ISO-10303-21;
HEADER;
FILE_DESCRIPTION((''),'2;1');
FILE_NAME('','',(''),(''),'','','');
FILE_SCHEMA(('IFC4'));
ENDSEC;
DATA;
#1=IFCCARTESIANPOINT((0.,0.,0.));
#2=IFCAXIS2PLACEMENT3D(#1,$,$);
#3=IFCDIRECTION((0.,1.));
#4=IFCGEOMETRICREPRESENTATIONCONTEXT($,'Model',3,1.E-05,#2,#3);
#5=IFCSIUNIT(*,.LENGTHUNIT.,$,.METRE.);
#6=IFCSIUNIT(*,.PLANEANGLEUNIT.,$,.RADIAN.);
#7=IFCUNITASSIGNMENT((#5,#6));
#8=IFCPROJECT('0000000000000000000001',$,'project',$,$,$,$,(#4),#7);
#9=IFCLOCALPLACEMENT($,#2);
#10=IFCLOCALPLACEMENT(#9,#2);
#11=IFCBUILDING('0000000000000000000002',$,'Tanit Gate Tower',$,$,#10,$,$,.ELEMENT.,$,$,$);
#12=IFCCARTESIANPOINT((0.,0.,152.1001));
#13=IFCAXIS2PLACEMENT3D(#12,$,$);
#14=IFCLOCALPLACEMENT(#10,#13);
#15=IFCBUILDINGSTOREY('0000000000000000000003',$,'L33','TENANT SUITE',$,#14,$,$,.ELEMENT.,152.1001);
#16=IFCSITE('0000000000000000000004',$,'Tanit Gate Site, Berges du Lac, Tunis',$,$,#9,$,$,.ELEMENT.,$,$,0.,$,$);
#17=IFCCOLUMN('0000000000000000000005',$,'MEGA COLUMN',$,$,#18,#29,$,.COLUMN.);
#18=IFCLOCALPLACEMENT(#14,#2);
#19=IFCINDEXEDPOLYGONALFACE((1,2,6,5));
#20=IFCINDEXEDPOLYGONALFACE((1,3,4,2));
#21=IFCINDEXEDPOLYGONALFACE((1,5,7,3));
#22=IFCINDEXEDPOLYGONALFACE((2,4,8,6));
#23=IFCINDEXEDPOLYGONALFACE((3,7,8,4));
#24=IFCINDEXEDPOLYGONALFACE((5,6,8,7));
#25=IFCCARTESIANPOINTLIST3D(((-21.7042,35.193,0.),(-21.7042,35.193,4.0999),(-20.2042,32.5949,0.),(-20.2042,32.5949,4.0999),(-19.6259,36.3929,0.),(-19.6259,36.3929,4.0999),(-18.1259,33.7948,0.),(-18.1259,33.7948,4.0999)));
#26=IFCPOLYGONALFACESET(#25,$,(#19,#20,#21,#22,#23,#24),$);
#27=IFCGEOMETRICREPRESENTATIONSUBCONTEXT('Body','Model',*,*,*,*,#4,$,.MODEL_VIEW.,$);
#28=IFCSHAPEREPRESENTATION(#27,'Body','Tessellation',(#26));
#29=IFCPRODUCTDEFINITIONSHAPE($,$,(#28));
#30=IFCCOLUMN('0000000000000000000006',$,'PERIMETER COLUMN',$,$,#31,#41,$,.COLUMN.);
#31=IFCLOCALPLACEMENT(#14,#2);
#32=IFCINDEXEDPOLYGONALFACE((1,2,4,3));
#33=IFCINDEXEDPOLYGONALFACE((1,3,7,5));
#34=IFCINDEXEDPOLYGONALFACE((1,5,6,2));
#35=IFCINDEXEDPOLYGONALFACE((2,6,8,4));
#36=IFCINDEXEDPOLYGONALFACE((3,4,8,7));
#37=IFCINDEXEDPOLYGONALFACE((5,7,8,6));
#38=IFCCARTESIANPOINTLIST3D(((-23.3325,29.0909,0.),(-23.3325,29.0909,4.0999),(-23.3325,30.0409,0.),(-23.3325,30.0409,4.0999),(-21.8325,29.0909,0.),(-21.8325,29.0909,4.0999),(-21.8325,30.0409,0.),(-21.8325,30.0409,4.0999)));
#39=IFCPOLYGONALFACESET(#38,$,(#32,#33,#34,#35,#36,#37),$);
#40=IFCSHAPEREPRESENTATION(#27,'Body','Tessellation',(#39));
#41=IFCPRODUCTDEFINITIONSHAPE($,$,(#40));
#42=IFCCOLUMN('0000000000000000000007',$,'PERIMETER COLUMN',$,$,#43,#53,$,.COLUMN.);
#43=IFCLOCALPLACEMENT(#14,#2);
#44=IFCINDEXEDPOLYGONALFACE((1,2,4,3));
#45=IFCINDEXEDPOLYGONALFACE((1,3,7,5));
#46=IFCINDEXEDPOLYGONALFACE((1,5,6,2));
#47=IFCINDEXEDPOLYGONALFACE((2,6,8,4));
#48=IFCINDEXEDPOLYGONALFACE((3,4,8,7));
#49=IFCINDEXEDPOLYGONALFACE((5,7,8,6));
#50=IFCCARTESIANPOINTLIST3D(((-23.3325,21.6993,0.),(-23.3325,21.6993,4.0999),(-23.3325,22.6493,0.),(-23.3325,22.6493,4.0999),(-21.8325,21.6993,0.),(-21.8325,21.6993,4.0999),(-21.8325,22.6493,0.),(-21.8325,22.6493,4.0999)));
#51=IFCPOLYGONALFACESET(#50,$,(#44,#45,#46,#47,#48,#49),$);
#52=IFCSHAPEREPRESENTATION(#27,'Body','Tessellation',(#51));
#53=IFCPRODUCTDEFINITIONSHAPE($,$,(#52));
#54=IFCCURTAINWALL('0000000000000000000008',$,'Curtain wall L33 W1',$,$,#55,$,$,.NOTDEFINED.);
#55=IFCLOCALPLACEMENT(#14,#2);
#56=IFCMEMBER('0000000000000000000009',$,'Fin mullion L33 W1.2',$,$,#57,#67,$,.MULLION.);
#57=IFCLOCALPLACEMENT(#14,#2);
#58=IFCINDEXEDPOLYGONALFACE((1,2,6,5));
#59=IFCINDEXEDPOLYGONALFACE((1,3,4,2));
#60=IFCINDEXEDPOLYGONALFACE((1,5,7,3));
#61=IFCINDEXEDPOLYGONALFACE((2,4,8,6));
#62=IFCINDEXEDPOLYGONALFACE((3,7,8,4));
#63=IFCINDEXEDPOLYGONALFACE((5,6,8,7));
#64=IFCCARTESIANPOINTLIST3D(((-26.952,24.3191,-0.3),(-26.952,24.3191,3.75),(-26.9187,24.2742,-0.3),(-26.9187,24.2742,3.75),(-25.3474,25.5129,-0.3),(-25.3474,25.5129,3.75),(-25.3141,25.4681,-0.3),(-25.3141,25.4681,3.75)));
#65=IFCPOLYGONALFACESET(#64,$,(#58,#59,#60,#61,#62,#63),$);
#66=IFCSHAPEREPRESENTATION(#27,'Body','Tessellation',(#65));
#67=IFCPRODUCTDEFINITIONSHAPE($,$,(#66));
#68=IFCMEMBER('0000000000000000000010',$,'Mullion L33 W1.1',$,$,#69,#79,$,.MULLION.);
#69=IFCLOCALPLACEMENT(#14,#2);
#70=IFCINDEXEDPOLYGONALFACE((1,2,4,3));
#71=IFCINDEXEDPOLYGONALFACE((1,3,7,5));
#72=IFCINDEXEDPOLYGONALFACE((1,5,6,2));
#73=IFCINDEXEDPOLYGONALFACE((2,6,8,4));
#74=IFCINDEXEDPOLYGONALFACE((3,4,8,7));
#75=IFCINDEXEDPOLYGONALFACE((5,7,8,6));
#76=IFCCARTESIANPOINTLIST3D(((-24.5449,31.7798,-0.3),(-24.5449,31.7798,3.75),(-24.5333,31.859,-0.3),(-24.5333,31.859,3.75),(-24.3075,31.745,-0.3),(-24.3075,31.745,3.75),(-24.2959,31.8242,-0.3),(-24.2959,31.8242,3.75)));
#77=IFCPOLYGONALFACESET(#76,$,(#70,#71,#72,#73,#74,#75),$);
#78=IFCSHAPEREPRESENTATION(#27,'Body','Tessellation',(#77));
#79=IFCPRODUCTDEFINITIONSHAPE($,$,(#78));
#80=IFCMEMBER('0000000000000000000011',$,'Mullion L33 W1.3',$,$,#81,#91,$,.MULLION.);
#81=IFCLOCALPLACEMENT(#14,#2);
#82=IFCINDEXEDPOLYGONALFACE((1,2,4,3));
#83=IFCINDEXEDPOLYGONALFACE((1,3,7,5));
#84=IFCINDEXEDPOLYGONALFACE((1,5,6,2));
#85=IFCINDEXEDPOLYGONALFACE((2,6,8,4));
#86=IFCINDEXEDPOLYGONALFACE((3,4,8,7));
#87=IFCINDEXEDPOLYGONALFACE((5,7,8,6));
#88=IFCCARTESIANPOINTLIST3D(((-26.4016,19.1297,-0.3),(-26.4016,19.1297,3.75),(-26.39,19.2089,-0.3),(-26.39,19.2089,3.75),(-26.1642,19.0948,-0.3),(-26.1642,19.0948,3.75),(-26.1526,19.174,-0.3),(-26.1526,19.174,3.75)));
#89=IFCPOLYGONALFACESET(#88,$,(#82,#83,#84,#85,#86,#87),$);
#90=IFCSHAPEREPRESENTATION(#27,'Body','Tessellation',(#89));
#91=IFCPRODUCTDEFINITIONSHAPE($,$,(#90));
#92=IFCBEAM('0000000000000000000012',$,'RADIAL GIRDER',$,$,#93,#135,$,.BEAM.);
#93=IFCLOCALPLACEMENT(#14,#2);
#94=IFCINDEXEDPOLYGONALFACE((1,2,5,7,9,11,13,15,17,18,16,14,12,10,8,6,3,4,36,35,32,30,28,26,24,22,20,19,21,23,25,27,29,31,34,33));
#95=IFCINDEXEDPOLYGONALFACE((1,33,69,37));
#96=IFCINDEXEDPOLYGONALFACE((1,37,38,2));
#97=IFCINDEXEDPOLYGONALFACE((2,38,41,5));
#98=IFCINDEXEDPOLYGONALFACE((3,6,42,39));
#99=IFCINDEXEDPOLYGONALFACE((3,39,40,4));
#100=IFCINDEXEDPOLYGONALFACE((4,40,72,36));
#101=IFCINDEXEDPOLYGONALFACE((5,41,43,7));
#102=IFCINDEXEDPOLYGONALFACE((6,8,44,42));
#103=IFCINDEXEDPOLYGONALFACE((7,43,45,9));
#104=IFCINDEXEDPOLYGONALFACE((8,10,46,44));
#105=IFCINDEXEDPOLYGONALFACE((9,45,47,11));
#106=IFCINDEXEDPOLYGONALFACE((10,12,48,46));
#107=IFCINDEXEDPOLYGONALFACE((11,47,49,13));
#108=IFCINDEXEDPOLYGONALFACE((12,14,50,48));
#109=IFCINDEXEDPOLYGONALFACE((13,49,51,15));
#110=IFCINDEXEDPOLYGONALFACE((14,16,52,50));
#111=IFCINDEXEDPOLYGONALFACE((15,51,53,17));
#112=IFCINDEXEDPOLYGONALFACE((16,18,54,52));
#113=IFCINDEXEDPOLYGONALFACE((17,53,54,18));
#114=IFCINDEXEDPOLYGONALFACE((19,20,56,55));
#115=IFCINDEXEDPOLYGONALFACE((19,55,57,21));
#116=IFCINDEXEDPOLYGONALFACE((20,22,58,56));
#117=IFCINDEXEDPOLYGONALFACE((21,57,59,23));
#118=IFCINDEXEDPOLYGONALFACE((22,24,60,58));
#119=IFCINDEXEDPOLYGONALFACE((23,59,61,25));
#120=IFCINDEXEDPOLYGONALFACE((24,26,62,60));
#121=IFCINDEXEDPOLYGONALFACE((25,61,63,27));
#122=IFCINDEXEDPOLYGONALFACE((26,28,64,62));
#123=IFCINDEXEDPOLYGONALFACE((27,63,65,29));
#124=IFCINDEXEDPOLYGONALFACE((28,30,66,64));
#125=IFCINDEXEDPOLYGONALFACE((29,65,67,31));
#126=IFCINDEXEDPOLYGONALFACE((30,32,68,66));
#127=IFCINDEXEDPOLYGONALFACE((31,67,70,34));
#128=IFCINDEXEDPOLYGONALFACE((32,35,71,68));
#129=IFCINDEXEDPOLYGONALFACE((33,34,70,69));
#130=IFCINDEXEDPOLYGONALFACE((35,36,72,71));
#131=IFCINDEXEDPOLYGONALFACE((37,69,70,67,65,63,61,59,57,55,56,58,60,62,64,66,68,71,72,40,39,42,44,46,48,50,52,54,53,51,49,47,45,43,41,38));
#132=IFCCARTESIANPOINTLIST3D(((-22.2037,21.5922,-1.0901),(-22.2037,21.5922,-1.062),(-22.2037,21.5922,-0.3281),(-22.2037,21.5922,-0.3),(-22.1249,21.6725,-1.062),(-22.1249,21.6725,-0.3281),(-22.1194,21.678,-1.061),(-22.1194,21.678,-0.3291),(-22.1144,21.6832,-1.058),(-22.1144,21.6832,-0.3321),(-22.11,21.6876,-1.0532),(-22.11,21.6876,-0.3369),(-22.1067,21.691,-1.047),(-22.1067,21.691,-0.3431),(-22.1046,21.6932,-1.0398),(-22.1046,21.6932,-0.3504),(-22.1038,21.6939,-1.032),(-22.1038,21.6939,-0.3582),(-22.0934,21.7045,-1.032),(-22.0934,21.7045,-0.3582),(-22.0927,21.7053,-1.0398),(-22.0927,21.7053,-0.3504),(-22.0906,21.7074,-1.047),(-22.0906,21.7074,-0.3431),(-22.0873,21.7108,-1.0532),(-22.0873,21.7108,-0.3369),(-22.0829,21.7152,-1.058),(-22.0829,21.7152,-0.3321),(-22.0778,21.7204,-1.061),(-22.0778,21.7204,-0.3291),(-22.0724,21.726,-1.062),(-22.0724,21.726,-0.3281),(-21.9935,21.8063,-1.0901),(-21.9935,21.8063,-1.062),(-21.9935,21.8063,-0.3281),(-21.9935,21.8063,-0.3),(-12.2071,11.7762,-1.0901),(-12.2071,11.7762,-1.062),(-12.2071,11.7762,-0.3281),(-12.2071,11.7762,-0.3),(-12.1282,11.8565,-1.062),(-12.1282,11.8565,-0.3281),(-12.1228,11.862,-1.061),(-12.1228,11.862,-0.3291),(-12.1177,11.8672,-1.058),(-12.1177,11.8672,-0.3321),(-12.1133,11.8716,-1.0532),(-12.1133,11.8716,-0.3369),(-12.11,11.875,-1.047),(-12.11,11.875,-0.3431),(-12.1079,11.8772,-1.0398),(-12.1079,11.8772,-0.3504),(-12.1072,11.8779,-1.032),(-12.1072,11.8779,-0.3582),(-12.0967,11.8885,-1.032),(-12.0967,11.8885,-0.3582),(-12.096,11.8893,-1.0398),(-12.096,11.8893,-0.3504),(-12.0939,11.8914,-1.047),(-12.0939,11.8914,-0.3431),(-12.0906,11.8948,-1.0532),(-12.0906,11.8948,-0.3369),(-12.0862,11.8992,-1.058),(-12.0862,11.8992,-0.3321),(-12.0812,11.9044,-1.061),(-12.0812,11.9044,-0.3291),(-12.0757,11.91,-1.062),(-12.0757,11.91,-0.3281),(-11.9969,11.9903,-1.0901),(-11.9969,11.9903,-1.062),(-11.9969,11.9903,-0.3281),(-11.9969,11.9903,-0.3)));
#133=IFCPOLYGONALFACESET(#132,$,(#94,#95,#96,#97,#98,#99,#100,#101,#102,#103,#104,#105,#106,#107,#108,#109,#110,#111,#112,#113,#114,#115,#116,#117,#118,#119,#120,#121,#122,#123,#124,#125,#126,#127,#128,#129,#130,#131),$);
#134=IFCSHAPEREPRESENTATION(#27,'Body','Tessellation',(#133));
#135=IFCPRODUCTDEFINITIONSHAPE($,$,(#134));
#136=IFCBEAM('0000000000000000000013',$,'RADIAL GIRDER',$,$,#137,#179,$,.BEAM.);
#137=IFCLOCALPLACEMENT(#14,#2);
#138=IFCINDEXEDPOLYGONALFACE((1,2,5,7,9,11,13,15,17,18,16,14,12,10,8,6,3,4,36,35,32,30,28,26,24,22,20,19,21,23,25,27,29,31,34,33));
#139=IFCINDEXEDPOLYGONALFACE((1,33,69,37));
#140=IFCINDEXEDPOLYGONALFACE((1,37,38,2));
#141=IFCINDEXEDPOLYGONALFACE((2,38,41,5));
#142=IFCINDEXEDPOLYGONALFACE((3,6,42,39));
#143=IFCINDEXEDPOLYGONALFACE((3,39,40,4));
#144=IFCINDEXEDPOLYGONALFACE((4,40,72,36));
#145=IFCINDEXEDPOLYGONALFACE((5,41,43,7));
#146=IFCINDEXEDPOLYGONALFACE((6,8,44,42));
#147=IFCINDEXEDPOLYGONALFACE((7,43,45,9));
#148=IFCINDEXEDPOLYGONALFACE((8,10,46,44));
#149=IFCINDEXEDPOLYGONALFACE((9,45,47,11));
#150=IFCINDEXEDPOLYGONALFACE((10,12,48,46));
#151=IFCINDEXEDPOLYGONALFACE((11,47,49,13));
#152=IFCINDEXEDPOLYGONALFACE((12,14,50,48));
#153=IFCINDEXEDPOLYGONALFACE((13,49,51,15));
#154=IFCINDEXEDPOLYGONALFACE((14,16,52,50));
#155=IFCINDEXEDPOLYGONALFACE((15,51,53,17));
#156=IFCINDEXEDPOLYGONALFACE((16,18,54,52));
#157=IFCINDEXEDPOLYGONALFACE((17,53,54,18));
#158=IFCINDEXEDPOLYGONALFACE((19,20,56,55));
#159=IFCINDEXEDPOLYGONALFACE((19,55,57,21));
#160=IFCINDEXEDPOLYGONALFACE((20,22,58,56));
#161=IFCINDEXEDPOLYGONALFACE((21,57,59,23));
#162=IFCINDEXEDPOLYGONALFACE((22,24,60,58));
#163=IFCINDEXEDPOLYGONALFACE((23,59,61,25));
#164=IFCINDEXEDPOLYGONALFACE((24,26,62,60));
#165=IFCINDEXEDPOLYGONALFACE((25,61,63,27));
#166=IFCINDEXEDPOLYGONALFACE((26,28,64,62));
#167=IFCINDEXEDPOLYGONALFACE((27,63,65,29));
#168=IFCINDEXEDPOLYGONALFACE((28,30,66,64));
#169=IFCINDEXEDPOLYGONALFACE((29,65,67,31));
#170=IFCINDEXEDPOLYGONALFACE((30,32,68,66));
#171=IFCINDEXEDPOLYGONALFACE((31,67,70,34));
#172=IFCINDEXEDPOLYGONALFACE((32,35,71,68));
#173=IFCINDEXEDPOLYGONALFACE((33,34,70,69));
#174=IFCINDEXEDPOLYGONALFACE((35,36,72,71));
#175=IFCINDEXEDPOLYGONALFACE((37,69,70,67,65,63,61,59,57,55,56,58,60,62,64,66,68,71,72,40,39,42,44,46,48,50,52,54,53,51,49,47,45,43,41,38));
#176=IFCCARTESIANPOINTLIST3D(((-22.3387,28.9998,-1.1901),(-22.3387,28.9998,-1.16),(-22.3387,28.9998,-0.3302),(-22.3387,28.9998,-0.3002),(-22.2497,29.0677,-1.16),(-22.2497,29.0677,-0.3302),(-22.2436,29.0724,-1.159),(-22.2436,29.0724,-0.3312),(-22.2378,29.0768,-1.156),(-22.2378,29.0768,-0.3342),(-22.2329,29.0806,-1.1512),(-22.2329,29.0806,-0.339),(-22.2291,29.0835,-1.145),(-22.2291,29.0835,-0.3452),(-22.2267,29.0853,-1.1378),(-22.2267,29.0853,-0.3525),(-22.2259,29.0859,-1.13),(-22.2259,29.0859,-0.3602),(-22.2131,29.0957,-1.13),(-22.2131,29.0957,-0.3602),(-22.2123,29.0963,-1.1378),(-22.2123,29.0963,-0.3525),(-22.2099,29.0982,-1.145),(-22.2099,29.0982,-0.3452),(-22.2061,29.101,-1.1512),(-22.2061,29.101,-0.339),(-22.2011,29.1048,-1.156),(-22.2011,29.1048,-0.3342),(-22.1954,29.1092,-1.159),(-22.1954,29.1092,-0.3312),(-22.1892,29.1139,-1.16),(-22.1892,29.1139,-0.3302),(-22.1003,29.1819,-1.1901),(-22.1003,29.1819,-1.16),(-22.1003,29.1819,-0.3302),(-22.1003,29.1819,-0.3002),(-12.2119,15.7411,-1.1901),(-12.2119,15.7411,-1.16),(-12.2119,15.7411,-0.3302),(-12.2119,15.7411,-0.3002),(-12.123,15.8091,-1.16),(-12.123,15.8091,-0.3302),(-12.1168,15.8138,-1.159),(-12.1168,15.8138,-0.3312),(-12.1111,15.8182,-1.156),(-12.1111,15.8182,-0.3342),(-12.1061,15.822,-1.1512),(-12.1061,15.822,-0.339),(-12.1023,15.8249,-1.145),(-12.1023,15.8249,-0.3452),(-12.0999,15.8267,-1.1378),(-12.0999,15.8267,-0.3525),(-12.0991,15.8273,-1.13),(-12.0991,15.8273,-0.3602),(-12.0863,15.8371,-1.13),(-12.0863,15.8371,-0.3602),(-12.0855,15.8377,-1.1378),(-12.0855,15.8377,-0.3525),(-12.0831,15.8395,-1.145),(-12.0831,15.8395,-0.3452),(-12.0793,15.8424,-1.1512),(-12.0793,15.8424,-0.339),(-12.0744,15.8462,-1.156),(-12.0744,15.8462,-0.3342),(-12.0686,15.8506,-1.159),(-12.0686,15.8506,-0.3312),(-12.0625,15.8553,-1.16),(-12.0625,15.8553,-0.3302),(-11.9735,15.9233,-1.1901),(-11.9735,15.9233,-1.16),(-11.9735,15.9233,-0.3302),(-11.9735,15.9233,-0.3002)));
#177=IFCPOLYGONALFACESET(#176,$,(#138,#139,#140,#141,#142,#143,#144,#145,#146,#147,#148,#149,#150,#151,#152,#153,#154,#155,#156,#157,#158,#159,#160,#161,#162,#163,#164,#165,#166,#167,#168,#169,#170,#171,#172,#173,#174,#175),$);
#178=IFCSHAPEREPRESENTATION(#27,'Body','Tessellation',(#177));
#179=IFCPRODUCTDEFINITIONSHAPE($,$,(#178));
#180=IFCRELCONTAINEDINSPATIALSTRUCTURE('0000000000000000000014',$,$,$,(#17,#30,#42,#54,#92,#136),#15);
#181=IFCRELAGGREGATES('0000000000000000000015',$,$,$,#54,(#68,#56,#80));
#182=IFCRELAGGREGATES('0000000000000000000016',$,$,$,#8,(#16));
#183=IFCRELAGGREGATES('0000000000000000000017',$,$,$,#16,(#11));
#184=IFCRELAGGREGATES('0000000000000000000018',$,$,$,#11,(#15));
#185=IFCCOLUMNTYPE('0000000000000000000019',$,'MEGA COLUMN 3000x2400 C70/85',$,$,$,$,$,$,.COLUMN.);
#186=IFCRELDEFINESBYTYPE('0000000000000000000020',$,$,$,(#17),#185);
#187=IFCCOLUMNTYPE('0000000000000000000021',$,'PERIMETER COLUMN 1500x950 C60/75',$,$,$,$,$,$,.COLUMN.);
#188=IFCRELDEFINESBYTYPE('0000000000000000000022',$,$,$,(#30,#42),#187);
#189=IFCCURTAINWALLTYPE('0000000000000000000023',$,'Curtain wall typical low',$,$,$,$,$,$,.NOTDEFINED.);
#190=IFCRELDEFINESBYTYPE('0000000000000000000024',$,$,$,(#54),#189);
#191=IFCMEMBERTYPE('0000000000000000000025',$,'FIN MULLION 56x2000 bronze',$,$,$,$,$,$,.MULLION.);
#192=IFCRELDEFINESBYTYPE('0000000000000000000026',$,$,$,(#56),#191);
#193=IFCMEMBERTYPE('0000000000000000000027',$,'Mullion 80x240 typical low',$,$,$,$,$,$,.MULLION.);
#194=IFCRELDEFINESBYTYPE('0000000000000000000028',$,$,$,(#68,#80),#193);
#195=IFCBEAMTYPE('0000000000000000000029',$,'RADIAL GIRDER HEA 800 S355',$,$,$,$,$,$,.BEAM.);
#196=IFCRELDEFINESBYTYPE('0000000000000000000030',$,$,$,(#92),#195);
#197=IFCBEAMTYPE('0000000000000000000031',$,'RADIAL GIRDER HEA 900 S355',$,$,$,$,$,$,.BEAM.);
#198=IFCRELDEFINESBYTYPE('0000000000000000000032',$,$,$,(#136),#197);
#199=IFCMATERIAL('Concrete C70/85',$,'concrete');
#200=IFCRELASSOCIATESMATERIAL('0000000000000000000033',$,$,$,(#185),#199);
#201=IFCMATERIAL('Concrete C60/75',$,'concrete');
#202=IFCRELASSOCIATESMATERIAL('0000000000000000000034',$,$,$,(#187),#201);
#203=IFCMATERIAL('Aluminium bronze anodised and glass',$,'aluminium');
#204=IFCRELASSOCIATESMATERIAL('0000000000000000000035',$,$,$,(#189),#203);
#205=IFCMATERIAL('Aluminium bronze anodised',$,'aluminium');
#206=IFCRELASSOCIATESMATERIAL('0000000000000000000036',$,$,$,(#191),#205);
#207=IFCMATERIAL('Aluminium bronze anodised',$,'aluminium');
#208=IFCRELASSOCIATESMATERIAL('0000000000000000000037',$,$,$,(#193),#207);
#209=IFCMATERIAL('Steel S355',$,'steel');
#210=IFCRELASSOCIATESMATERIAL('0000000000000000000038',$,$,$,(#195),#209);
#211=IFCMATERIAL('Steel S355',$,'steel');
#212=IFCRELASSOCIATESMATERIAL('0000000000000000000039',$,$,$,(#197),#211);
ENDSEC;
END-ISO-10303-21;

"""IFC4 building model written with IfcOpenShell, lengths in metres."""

from ifc_helpers import new_model, si_unit, direction, frame, origin, origin_2d, place, context, subcontext, project, spatial, rectangle, i_section, extrude, material, material_profile, profile_set, type_object, element, aggregate, save


model = new_model("IFC4")

# Units and contexts
model_context = context("Model", 3, precision=1e-05, world=origin(), true_north=direction((0.0, 1.0)))
body_context = subcontext(model_context, "Body", "Model", "MODEL_VIEW")
ifc_project = project(units=[si_unit("LENGTHUNIT", "METRE"), si_unit("PLANEANGLEUNIT", "RADIAN")], contexts=[model_context])

# Site, building, storey
site_placement = place(None, origin())
site = spatial("IfcSite", under=ifc_project, at=site_placement, Name="Tanit Gate Site, Berges du Lac, Tunis", CompositionType="ELEMENT", RefElevation=0.0)
building_placement = place(site_placement, origin())
building = spatial("IfcBuilding", under=site, at=building_placement, Name="Tanit Gate Tower", CompositionType="ELEMENT")
storey_placement = place(building_placement, frame((0.0, 0.0, 152.1001)))
storey = spatial("IfcBuildingStorey", under=building, at=storey_placement, Name="L33", Description="TENANT SUITE", CompositionType="ELEMENT", Elevation=152.1001)

# Columns
ifc_material_1 = material(Name="Concrete C70/85", Category="concrete")
ifc_material_profile_1 = material_profile(ifc_material_1, rectangle(XDim=3.0, YDim=2.3999, at=origin_2d()), Name="RC 3000x2400")
ifc_profile_set_1 = profile_set([ifc_material_profile_1], Name="Concrete C70/85")
column_type_1 = type_object("IfcColumnType", Name="MEGA COLUMN 3000x2400 C70/85", PredefinedType="COLUMN", material=ifc_profile_set_1)
column_placement = place(storey_placement, frame((-19.915, 34.4939, 0.0), z_axis=(0.0, 0.0, 1.0), x_axis=(-0.5, 0.866025, 0.0)))
element("IfcColumn", 1, at=column_placement, inside=storey, type_object=column_type_1, Name="MEGA COLUMN", PredefinedType="COLUMN", context=body_context, shape_type="SweptSolid", body=[
    extrude(rectangle(XDim=3.0, YDim=2.3999, at=origin_2d()), origin(), (0.0, 0.0, 1.0), 4.0999),
])
ifc_material_2 = material(Name="Concrete C60/75", Category="concrete")
ifc_material_profile_2 = material_profile(ifc_material_2, rectangle(XDim=1.5, YDim=0.95, at=origin_2d()), Name="RC 1500x950")
ifc_profile_set_2 = profile_set([ifc_material_profile_2], Name="Concrete C60/75")
column_type_2 = type_object("IfcColumnType", Name="PERIMETER COLUMN 1500x950 C60/75", PredefinedType="COLUMN", material=ifc_profile_set_2)
for number, where, z_axis, x_axis, name in (
    (2, (-22.5825, 29.5659, 0.0), (0.0, 0.0, 1.0), (-1.0, 0.0, 0.0), "PERIMETER COLUMN"),
    (3, (-22.5825, 22.1743, 0.0), (0.0, 0.0, 1.0), (-1.0, 0.0, 0.0), "PERIMETER COLUMN"),
):
    element("IfcColumn", number, at=place(storey_placement, frame(where, z_axis=z_axis, x_axis=x_axis)), inside=storey, type_object=column_type_2, Name=name, PredefinedType="COLUMN", context=body_context, shape_type="SweptSolid", body=[
        extrude(rectangle(XDim=1.5, YDim=0.95, at=origin_2d()), origin(), (0.0, 0.0, 1.0), 4.0999),
    ])

# Curtain wall, members
ifc_material_3 = material(Name="Aluminium bronze anodised and glass", Category="aluminium")
curtain_wall_type = type_object("IfcCurtainWallType", Name="Curtain wall typical low", PredefinedType="NOTDEFINED", material=ifc_material_3)
curtain_wall_1_placement = place(storey_placement, origin())
curtain_wall_1 = element("IfcCurtainWall", 4, at=curtain_wall_1_placement, inside=storey, type_object=curtain_wall_type, Name="Curtain wall L33 W1", PredefinedType="NOTDEFINED")
ifc_material_4 = material(Name="Aluminium bronze anodised", Category="aluminium")
ifc_material_profile_3 = material_profile(ifc_material_4, rectangle(XDim=2.0, YDim=0.0559, at=origin_2d()), Name="56x2000 bronze fin mullion")
ifc_profile_set_3 = profile_set([ifc_material_profile_3], Name="Aluminium bronze anodised")
member_type_1 = type_object("IfcMemberType", Name="FIN MULLION 56x2000 bronze", PredefinedType="MULLION", material=ifc_profile_set_3)
member_1_placement = place(storey_placement, frame((-26.1331, 24.8936, -0.3), z_axis=(0.0, 0.0, 1.0), x_axis=(0.802296, 0.596927, 0.0)))
member_1 = element("IfcMember", 5, at=member_1_placement, type_object=member_type_1, Name="Fin mullion L33 W1.2", PredefinedType="MULLION", context=body_context, shape_type="SweptSolid", body=[
    extrude(rectangle(XDim=2.0, YDim=0.0559, at=origin_2d()), origin(), (0.0, 0.0, 1.0), 4.05),
])
ifc_material_5 = material(Name="Aluminium bronze anodised", Category="aluminium")
ifc_material_profile_4 = material_profile(ifc_material_5, rectangle(XDim=0.24, YDim=0.0801, at=origin_2d()), Name="80x240 bronze mullion")
ifc_profile_set_4 = profile_set([ifc_material_profile_4], Name="Aluminium bronze anodised")
member_type_2 = type_object("IfcMemberType", Name="Mullion 80x240 typical low", PredefinedType="MULLION", material=ifc_profile_set_4)
member_2_placement = place(storey_placement, frame((-24.4204, 31.802, -0.3), z_axis=(0.0, 0.0, 1.0), x_axis=(0.9894, -0.145218, 0.0)))
member_2 = element("IfcMember", 6, at=member_2_placement, type_object=member_type_2, Name="Mullion L33 W1.1", PredefinedType="MULLION", context=body_context, shape_type="SweptSolid", body=[
    extrude(rectangle(XDim=0.24, YDim=0.0801, at=origin_2d()), origin(), (0.0, 0.0, 1.0), 4.05),
])
member_3_placement = place(storey_placement, frame((-26.2771, 19.1519, -0.3), z_axis=(0.0, 0.0, 1.0), x_axis=(0.9894, -0.145218, 0.0)))
member_3 = element("IfcMember", 7, at=member_3_placement, type_object=member_type_2, Name="Mullion L33 W1.3", PredefinedType="MULLION", context=body_context, shape_type="SweptSolid", body=[
    extrude(rectangle(XDim=0.24, YDim=0.0801, at=origin_2d()), origin(), (0.0, 0.0, 1.0), 4.05),
])

# Beams
ifc_material_6 = material(Name="Steel S355", Category="steel")
ifc_material_profile_5 = material_profile(ifc_material_6, i_section(OverallWidth=0.3, OverallDepth=0.79, WebThickness=0.0149, FlangeThickness=0.0281, FilletRadius=0.03, at=origin_2d()), Name="HEA 800")
ifc_profile_set_5 = profile_set([ifc_material_profile_5], Name="Steel S355")
beam_type_1 = type_object("IfcBeamType", Name="RADIAL GIRDER HEA 800 S355", PredefinedType="BEAM", material=ifc_profile_set_5)
beam_1_placement = place(storey_placement, frame((-22.0986, 21.6992, -0.6951), z_axis=(0.713525, -0.70063, 0.0), x_axis=(0.70063, 0.713525, 0.0)))
element("IfcBeam", 8, at=beam_1_placement, inside=storey, type_object=beam_type_1, Name="RADIAL GIRDER", PredefinedType="BEAM", context=body_context, shape_type="SweptSolid", body=[
    extrude(i_section(OverallWidth=0.3, OverallDepth=0.79, WebThickness=0.0149, FlangeThickness=0.0281, FilletRadius=0.03, at=origin_2d()), origin(), (0.0, 0.0, 1.0), 14.0103),
])
ifc_material_7 = material(Name="Steel S355", Category="steel")
ifc_material_profile_6 = material_profile(ifc_material_7, i_section(OverallWidth=0.3, OverallDepth=0.8899, WebThickness=0.0161, FlangeThickness=0.03, FilletRadius=0.03, at=origin_2d()), Name="HEA 900")
ifc_profile_set_6 = profile_set([ifc_material_profile_6], Name="Steel S355")
beam_type_2 = type_object("IfcBeamType", Name="RADIAL GIRDER HEA 900 S355", PredefinedType="BEAM", material=ifc_profile_set_6)
beam_2_placement = place(storey_placement, frame((-22.2195, 29.0908, -0.7451), z_axis=(0.606989, -0.79471, 0.0), x_axis=(0.79471, 0.606989, 0.0)))
element("IfcBeam", 9, at=beam_2_placement, inside=storey, type_object=beam_type_2, Name="RADIAL GIRDER", PredefinedType="BEAM", context=body_context, shape_type="SweptSolid", body=[
    extrude(i_section(OverallWidth=0.3, OverallDepth=0.8899, WebThickness=0.0161, FlangeThickness=0.03, FilletRadius=0.03, at=origin_2d()), origin(), (0.0, 0.0, 1.0), 16.6836),
])

aggregate(curtain_wall_1, [member_2, member_1, member_3])

save(model, "model.ifc")
